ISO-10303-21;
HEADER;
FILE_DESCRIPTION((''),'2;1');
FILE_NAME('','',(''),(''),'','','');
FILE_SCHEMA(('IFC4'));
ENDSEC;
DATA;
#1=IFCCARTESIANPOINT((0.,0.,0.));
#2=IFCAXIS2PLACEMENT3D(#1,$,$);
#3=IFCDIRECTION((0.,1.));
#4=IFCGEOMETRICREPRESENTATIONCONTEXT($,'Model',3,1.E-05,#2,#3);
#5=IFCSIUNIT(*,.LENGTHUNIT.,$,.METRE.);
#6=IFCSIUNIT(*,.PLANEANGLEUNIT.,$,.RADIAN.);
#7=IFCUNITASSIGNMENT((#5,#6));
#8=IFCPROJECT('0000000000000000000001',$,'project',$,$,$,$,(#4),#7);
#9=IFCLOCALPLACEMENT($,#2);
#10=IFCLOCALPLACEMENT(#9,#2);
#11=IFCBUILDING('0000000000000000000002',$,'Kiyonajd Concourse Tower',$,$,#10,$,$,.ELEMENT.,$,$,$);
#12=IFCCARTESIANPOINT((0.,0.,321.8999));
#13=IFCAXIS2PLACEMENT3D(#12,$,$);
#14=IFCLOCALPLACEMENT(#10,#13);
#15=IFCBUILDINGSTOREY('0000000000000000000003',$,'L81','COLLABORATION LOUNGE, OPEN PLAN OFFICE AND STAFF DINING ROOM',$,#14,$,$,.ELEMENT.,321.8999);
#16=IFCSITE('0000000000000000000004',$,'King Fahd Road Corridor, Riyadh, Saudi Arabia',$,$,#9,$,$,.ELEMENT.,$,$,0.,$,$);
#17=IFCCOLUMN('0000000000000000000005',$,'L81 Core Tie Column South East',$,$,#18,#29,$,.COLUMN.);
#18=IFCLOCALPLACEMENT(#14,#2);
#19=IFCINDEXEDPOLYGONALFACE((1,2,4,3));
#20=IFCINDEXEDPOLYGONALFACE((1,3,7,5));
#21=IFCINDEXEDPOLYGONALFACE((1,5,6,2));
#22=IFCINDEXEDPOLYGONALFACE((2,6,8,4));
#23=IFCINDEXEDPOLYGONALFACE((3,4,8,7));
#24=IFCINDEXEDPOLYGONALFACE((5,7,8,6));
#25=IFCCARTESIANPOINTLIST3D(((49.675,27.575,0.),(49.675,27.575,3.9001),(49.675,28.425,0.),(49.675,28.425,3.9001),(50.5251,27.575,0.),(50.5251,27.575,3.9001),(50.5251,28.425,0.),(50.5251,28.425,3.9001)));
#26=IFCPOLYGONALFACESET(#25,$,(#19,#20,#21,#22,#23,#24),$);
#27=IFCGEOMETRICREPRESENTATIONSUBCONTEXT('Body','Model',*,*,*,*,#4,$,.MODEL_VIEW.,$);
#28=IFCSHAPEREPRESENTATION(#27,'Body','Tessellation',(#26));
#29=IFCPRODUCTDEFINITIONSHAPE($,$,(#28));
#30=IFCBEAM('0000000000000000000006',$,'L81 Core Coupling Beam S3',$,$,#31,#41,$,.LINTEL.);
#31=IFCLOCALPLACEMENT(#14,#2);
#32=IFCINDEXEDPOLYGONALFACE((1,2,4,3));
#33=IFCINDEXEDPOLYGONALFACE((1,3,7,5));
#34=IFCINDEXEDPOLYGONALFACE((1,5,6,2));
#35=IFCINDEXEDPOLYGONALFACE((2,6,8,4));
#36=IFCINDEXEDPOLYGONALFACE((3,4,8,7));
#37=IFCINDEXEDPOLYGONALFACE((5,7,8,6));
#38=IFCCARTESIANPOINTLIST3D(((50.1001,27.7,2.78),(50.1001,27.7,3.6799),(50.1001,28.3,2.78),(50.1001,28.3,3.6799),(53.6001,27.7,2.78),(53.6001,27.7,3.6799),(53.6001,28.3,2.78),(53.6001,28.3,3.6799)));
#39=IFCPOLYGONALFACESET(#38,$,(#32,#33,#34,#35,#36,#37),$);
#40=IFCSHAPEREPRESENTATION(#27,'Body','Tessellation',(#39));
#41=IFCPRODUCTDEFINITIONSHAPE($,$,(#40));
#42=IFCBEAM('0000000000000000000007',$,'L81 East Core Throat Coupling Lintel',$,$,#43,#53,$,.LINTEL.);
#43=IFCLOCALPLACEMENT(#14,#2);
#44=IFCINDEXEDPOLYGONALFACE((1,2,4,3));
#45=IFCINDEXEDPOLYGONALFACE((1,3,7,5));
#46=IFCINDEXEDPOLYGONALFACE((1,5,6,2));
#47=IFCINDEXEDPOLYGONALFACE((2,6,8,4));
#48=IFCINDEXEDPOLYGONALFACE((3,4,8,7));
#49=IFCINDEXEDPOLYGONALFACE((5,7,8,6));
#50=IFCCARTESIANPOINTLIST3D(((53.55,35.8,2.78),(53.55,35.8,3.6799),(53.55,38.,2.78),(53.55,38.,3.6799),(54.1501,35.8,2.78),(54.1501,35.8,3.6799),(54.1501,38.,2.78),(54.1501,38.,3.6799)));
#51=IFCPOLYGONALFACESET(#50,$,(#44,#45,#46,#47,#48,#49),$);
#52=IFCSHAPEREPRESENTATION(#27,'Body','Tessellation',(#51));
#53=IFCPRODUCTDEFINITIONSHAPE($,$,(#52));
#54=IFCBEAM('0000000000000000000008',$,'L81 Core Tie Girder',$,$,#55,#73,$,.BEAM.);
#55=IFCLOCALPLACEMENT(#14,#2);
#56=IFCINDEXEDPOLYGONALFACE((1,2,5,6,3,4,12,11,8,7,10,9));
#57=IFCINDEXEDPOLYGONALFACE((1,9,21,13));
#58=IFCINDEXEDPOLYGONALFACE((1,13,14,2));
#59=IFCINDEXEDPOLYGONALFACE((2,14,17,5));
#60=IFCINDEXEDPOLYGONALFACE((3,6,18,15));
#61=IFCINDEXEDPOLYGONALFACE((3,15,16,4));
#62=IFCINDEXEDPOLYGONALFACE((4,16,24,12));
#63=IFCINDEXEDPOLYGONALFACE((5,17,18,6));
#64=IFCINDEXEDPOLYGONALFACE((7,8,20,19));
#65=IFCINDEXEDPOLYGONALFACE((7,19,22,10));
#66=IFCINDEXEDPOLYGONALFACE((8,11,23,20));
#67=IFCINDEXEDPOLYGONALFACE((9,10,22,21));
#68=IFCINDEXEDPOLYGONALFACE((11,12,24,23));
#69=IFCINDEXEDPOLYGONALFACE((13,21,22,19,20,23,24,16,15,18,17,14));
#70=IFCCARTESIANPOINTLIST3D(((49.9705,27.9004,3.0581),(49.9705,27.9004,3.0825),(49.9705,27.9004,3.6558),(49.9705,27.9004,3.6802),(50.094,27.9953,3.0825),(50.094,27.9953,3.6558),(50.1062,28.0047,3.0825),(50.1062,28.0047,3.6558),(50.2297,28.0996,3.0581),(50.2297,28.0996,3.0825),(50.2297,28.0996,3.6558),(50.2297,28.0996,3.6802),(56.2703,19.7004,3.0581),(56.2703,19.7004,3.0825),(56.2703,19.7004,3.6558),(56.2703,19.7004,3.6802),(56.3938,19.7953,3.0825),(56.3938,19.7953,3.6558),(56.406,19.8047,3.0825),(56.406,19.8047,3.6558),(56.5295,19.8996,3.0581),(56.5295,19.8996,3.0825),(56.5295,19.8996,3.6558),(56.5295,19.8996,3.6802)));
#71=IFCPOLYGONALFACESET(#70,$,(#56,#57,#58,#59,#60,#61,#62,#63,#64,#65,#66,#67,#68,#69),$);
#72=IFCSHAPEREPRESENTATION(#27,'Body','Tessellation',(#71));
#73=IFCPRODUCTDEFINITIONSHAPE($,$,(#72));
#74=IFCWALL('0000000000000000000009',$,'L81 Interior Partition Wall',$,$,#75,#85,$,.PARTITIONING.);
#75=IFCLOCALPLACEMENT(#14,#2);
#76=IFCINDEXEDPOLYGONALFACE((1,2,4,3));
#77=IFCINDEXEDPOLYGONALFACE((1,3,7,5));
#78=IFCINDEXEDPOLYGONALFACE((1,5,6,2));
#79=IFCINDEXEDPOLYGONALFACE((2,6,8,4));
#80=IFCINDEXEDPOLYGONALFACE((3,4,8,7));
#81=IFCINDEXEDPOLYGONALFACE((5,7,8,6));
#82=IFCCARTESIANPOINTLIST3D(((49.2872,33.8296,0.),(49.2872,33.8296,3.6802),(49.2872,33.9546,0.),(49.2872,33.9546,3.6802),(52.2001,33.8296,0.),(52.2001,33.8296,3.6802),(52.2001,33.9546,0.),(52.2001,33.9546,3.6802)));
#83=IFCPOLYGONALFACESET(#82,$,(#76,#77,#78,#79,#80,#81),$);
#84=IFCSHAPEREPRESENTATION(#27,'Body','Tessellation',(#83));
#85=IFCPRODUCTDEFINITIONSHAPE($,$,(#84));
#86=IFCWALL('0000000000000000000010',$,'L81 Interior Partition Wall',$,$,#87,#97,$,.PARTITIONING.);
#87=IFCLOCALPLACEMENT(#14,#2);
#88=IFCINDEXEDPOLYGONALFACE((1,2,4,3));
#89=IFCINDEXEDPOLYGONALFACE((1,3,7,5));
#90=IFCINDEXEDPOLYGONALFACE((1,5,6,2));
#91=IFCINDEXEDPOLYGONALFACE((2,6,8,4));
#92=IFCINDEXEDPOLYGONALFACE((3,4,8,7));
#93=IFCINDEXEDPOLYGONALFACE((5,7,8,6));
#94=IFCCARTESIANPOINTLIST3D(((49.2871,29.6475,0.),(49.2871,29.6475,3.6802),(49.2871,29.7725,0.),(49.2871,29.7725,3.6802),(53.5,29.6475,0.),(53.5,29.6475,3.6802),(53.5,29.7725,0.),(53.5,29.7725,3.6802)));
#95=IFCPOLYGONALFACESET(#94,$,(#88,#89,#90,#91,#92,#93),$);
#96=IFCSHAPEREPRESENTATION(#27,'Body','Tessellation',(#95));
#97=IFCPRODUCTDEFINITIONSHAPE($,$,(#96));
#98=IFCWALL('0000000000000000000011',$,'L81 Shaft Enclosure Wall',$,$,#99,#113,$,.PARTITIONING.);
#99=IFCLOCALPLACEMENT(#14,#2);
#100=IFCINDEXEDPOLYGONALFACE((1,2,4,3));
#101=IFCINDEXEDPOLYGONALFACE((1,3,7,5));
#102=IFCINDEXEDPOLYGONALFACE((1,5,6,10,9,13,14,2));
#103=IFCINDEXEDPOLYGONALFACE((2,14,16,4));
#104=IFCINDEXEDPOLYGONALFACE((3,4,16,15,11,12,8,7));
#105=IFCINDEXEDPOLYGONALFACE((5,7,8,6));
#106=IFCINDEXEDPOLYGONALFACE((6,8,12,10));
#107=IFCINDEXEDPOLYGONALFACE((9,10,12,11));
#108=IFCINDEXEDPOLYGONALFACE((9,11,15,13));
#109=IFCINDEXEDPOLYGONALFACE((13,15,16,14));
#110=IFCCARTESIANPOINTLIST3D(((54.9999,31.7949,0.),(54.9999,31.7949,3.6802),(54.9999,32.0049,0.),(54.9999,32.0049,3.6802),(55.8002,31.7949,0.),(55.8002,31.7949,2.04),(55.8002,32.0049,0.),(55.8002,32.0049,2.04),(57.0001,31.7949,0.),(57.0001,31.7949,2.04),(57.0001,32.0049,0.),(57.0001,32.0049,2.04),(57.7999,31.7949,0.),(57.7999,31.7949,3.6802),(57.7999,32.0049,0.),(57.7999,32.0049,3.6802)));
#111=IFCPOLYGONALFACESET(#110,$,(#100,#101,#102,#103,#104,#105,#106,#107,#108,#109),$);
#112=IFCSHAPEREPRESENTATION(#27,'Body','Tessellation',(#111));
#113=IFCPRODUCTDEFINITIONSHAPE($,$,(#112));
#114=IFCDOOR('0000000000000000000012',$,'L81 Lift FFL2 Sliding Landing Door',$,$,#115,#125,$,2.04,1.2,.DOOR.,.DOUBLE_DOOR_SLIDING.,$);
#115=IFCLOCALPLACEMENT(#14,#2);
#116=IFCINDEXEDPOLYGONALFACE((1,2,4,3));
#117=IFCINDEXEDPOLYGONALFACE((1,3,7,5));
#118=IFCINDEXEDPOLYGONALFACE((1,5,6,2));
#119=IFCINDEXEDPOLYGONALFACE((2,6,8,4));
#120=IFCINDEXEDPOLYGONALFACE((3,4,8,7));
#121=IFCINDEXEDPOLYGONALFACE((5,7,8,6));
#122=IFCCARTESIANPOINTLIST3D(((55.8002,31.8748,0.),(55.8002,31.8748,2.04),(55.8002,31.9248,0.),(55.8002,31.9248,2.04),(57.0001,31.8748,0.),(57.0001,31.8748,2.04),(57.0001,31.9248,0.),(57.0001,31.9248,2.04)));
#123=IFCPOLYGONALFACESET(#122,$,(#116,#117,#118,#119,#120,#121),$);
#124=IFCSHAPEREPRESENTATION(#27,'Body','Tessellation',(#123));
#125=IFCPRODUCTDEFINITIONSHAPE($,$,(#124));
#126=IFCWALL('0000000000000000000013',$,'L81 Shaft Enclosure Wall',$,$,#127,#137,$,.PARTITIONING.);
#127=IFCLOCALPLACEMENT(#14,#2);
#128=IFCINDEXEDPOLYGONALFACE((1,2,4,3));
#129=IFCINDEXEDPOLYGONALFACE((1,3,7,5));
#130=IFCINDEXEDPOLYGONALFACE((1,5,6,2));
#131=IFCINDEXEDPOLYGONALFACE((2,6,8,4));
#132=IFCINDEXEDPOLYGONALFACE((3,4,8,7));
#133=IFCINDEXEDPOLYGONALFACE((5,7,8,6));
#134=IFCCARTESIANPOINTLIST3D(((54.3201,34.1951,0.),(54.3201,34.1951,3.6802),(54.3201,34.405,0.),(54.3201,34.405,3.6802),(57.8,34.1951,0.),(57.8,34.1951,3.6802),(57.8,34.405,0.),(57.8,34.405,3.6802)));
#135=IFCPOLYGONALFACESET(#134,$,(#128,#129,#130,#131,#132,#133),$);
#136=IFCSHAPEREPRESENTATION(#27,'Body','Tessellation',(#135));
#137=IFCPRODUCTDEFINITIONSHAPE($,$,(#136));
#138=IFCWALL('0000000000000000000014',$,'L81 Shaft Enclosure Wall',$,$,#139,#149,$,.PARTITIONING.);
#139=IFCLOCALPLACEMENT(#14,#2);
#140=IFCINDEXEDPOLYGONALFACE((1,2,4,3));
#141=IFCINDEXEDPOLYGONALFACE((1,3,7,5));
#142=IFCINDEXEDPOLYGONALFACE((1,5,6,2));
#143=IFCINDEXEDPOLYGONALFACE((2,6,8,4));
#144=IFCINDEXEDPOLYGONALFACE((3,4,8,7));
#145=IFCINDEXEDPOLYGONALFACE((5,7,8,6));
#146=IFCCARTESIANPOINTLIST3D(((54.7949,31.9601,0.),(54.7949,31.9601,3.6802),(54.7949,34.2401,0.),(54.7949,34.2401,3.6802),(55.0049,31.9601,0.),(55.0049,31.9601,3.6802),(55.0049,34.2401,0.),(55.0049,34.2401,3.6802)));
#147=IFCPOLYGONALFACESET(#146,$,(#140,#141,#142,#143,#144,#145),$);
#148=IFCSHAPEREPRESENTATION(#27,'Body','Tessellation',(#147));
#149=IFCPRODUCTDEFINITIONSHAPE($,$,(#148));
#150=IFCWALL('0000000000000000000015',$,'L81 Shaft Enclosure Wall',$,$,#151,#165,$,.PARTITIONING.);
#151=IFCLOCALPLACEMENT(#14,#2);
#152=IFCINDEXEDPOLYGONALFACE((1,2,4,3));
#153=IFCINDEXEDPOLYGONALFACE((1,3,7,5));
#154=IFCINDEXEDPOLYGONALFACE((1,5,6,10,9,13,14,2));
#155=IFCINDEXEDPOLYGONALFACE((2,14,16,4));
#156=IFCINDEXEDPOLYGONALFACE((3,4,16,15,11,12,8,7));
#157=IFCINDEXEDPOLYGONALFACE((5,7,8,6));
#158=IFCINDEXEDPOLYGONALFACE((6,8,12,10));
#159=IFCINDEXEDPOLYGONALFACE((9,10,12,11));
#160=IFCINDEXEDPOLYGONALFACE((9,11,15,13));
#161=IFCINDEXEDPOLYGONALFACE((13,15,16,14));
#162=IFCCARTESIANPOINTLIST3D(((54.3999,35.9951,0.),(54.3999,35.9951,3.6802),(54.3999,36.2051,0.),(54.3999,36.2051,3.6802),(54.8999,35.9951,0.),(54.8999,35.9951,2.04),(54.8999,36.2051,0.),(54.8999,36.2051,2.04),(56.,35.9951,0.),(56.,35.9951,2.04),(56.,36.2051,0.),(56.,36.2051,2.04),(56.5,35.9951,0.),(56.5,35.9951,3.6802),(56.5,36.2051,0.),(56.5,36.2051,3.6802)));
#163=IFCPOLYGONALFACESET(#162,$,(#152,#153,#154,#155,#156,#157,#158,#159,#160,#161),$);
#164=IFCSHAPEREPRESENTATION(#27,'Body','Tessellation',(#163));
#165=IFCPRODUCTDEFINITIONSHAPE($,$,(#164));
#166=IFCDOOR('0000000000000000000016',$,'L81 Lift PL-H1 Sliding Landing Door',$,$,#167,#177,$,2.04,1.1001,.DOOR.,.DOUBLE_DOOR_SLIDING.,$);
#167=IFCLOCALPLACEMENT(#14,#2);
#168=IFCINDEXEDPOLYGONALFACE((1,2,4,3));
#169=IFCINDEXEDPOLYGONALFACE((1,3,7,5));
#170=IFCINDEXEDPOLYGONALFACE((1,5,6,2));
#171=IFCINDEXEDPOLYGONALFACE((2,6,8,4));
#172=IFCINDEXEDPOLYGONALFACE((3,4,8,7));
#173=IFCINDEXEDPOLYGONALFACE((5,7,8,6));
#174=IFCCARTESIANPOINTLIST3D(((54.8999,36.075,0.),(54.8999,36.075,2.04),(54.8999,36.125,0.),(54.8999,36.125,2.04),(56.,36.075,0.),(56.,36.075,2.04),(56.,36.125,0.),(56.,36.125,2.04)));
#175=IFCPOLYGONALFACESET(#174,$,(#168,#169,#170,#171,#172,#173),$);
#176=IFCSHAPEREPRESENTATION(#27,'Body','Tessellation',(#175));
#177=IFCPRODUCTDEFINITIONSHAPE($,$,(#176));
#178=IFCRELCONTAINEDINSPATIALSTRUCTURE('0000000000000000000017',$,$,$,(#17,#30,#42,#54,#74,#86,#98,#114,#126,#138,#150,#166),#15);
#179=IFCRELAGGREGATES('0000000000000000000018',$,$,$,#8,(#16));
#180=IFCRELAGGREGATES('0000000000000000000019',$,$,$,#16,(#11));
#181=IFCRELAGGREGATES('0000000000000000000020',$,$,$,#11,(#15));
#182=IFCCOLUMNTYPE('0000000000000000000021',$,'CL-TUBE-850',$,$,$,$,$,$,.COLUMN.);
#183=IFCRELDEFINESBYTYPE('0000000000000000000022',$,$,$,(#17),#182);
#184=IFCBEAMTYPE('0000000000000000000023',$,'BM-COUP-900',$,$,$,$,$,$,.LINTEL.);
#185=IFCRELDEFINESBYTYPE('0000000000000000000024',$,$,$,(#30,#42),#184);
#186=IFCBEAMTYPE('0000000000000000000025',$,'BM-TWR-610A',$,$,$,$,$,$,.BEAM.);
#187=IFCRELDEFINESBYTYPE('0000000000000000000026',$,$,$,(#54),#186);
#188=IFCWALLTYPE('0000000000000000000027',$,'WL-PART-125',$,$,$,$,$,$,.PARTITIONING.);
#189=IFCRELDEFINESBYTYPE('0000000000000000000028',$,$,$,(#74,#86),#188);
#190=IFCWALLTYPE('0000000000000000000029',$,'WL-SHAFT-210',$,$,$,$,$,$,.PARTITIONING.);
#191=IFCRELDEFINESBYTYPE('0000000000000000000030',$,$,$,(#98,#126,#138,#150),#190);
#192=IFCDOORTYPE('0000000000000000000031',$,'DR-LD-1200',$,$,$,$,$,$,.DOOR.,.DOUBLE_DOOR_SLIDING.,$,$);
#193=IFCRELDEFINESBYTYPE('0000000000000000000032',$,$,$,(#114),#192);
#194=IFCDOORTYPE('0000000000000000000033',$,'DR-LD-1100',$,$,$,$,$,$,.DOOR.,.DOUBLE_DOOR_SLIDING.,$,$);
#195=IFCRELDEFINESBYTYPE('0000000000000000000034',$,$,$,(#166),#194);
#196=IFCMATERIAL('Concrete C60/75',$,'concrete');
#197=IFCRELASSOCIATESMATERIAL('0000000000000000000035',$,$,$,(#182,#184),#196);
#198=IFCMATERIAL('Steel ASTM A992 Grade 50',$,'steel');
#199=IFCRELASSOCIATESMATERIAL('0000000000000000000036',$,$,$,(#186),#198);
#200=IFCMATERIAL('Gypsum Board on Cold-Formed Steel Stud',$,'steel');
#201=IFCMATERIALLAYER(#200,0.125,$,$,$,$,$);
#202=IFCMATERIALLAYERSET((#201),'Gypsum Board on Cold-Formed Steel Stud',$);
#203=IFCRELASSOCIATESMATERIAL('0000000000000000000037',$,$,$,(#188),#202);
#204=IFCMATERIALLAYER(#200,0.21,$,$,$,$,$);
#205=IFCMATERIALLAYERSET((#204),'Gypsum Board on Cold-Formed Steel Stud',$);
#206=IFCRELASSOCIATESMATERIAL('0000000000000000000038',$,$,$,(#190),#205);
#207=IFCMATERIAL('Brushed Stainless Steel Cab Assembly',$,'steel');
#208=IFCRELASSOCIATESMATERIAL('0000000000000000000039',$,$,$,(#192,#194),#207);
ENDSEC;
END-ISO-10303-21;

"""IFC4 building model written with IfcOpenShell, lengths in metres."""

from ifc_helpers import new_model, si_unit, direction, frame, frame_2d, origin, origin_2d, place, context, subcontext, project, spatial, rectangle, i_section, extrude, material, layer, layer_set, material_profile, profile_set, type_object, element, fill, save


model = new_model("IFC4")

# Units and contexts
model_context = context("Model", 3, precision=1e-05, world=origin(), true_north=direction((0.0, 1.0)))
body_context = subcontext(model_context, "Body", "Model", "MODEL_VIEW")
ifc_project = project(units=[si_unit("LENGTHUNIT", "METRE"), si_unit("PLANEANGLEUNIT", "RADIAN")], contexts=[model_context])

# Site, building, storey
site_placement = place(None, origin())
site = spatial("IfcSite", under=ifc_project, at=site_placement, Name="King Fahd Road Corridor, Riyadh, Saudi Arabia", CompositionType="ELEMENT", RefElevation=0.0)
building_placement = place(site_placement, origin())
building = spatial("IfcBuilding", under=site, at=building_placement, Name="Kiyonajd Concourse Tower", CompositionType="ELEMENT")
storey_placement = place(building_placement, frame((0.0, 0.0, 321.8999)))
storey = spatial("IfcBuildingStorey", under=building, at=storey_placement, Name="L81", Description="COLLABORATION LOUNGE, OPEN PLAN OFFICE AND STAFF DINING ROOM", CompositionType="ELEMENT", Elevation=321.8999)

# Column
ifc_material_1 = material(Name="Concrete C60/75", Category="concrete")
ifc_material_profile_1 = material_profile(ifc_material_1, rectangle(XDim=0.8501, YDim=0.8501, at=origin_2d()), Name="RC-850x850")
ifc_profile_set_1 = profile_set([ifc_material_profile_1], Name="Concrete C60/75")
column_type = type_object("IfcColumnType", Name="CL-TUBE-850", PredefinedType="COLUMN", material=ifc_profile_set_1)
column_placement = place(storey_placement, frame((50.1001, 28.0, 0.0), z_axis=(0.0, 0.0, 1.0), x_axis=(1.0, 0.0, 0.0)))
element("IfcColumn", 1, at=column_placement, inside=storey, type_object=column_type, Name="L81 Core Tie Column South East", PredefinedType="COLUMN", context=body_context, shape_type="SweptSolid", body=[
    extrude(rectangle(XDim=0.8501, YDim=0.8501, at=origin_2d()), origin(), (0.0, 0.0, 1.0), 3.9001),
])

# Beams
ifc_material_profile_2 = material_profile(ifc_material_1, rectangle(XDim=0.6001, YDim=0.8999, at=origin_2d()), Name="RCBM-600x900")
ifc_profile_set_2 = profile_set([ifc_material_profile_2], Name="Concrete C60/75")
beam_type_1 = type_object("IfcBeamType", Name="BM-COUP-900", PredefinedType="LINTEL", material=ifc_profile_set_2)
beam_1_placement = place(storey_placement, frame((50.1001, 28.0, 3.23), z_axis=(1.0, 0.0, 0.0), x_axis=(0.0, 1.0, 0.0)))
element("IfcBeam", 2, at=beam_1_placement, inside=storey, type_object=beam_type_1, Name="L81 Core Coupling Beam S3", PredefinedType="LINTEL", context=body_context, shape_type="SweptSolid", body=[
    extrude(rectangle(XDim=0.6001, YDim=0.8999, at=origin_2d()), origin(), (0.0, 0.0, 1.0), 3.5),
])
beam_2_placement = place(storey_placement, frame((53.8501, 35.8, 3.23), z_axis=(0.0, 1.0, 0.0), x_axis=(-1.0, 0.0, 0.0)))
element("IfcBeam", 3, at=beam_2_placement, inside=storey, type_object=beam_type_1, Name="L81 East Core Throat Coupling Lintel", PredefinedType="LINTEL", context=body_context, shape_type="SweptSolid", body=[
    extrude(rectangle(XDim=0.6001, YDim=0.8999, at=origin_2d()), origin(), (0.0, 0.0, 1.0), 2.2),
])
ifc_material_2 = material(Name="Steel ASTM A992 Grade 50", Category="steel")
ifc_material_profile_3 = material_profile(ifc_material_2, i_section(OverallWidth=0.3269, OverallDepth=0.6221, WebThickness=0.0154, FlangeThickness=0.0244, at=origin_2d()), Name="W610X195")
ifc_profile_set_3 = profile_set([ifc_material_profile_3], Name="Steel ASTM A992 Grade 50")
beam_type_2 = type_object("IfcBeamType", Name="BM-TWR-610A", PredefinedType="BEAM", material=ifc_profile_set_3)
beam_3_placement = place(storey_placement, frame((50.1001, 28.0, 3.3691), z_axis=(0.609234, -0.792991, 0.0), x_axis=(0.792991, 0.609234, 0.0)))
element("IfcBeam", 4, at=beam_3_placement, inside=storey, type_object=beam_type_2, Name="L81 Core Tie Girder", PredefinedType="BEAM", context=body_context, shape_type="SweptSolid", body=[
    extrude(i_section(OverallWidth=0.3269, OverallDepth=0.6221, WebThickness=0.0154, FlangeThickness=0.0244, at=origin_2d()), origin(), (0.0, 0.0, 1.0), 10.3406),
])

# Walls
ifc_material_3 = material(Name="Gypsum Board on Cold-Formed Steel Stud", Category="steel")
ifc_layer_1 = layer(ifc_material_3, 0.125)
ifc_layer_set_1 = layer_set([ifc_layer_1], Name="Gypsum Board on Cold-Formed Steel Stud")
wall_type_1 = type_object("IfcWallType", Name="WL-PART-125", PredefinedType="PARTITIONING", material=ifc_layer_set_1)
wall_1_placement = place(storey_placement, frame((49.2871, 33.8921, 0.0), z_axis=(0.0, 0.0, 1.0), x_axis=(1.0, 0.0, 0.0)))
element("IfcWall", 5, at=wall_1_placement, inside=storey, type_object=wall_type_1, Name="L81 Interior Partition Wall", PredefinedType="PARTITIONING", context=body_context, shape_type="SweptSolid", body=[
    extrude(rectangle(XDim=2.9128, YDim=0.125, at=frame_2d((1.4565, 0.0))), origin(), (0.0, 0.0, 1.0), 3.6802),
])
wall_2_placement = place(storey_placement, frame((49.2871, 29.71, 0.0), z_axis=(0.0, 0.0, 1.0), x_axis=(1.0, 0.0, 0.0)))
element("IfcWall", 6, at=wall_2_placement, inside=storey, type_object=wall_type_1, Name="L81 Interior Partition Wall", PredefinedType="PARTITIONING", context=body_context, shape_type="SweptSolid", body=[
    extrude(rectangle(XDim=4.2129, YDim=0.125, at=frame_2d((2.1064, 0.0))), origin(), (0.0, 0.0, 1.0), 3.6802),
])

# Wall, opening, door
ifc_layer_2 = layer(ifc_material_3, 0.21)
ifc_layer_set_2 = layer_set([ifc_layer_2], Name="Gypsum Board on Cold-Formed Steel Stud")
wall_type_2 = type_object("IfcWallType", Name="WL-SHAFT-210", PredefinedType="PARTITIONING", material=ifc_layer_set_2)
wall_3_placement = place(storey_placement, frame((55.0, 31.8999, 0.0), z_axis=(0.0, 0.0, 1.0), x_axis=(1.0, 0.0, 0.0)))
wall_3 = element("IfcWall", 7, at=wall_3_placement, inside=storey, type_object=wall_type_2, Name="L81 Shaft Enclosure Wall", PredefinedType="PARTITIONING", context=body_context, shape_type="SweptSolid", body=[
    extrude(rectangle(XDim=2.8, YDim=0.21, at=frame_2d((1.3999, 0.0))), origin(), (0.0, 0.0, 1.0), 3.6802),
])
opening_1_placement = place(wall_3_placement, frame((0.8, 0.0, 0.0)))
opening_1 = element("IfcOpeningElement", 8, at=opening_1_placement, cuts=wall_3, PredefinedType="OPENING", context=body_context, shape_type="SweptSolid", body=[
    extrude(rectangle(XDim=1.2, YDim=2.04, at=frame_2d((0.6001, 1.02))), frame((0.0, 0.115, 0.0), z_axis=(0.0, -1.0, 0.0), x_axis=(1.0, 0.0, 0.0)), (0.0, 0.0, 1.0), 0.23),
])
ifc_material_4 = material(Name="Brushed Stainless Steel Cab Assembly", Category="steel")
door_type_1 = type_object("IfcDoorType", Name="DR-LD-1200", OperationType="DOUBLE_DOOR_SLIDING", PredefinedType="DOOR", material=ifc_material_4)
door_1_placement = place(opening_1_placement, origin())
door_1 = element("IfcDoor", 9, at=door_1_placement, inside=storey, type_object=door_type_1, Name="L81 Lift FFL2 Sliding Landing Door", OperationType="DOUBLE_DOOR_SLIDING", OverallHeight=2.04, OverallWidth=1.2, PredefinedType="DOOR", context=body_context, shape_type="SweptSolid", body=[
    extrude(rectangle(XDim=1.2, YDim=2.04, at=frame_2d((0.6001, 1.02))), frame((0.0, 0.0249, 0.0), z_axis=(0.0, -1.0, 0.0), x_axis=(1.0, 0.0, 0.0)), (0.0, 0.0, 1.0), 0.05),
])
fill(opening_1, door_1)

# Walls
wall_4_placement = place(storey_placement, frame((54.3201, 34.3, 0.0), z_axis=(0.0, 0.0, 1.0), x_axis=(1.0, 0.0, 0.0)))
element("IfcWall", 10, at=wall_4_placement, inside=storey, type_object=wall_type_2, Name="L81 Shaft Enclosure Wall", PredefinedType="PARTITIONING", context=body_context, shape_type="SweptSolid", body=[
    extrude(rectangle(XDim=3.48, YDim=0.21, at=frame_2d((1.74, 0.0))), origin(), (0.0, 0.0, 1.0), 3.6802),
])
wall_5_placement = place(storey_placement, frame((54.8999, 31.96, 0.0), z_axis=(0.0, 0.0, 1.0), x_axis=(0.0, 1.0, 0.0)))
element("IfcWall", 11, at=wall_5_placement, inside=storey, type_object=wall_type_2, Name="L81 Shaft Enclosure Wall", PredefinedType="PARTITIONING", context=body_context, shape_type="SweptSolid", body=[
    extrude(rectangle(XDim=2.28, YDim=0.21, at=frame_2d((1.1401, 0.0))), origin(), (0.0, 0.0, 1.0), 3.6802),
])

# Wall, opening, door
wall_6_placement = place(storey_placement, frame((54.3999, 36.1001, 0.0), z_axis=(0.0, 0.0, 1.0), x_axis=(1.0, 0.0, 0.0)))
wall_6 = element("IfcWall", 12, at=wall_6_placement, inside=storey, type_object=wall_type_2, Name="L81 Shaft Enclosure Wall", PredefinedType="PARTITIONING", context=body_context, shape_type="SweptSolid", body=[
    extrude(rectangle(XDim=2.1001, YDim=0.21, at=frame_2d((1.05, 0.0))), origin(), (0.0, 0.0, 1.0), 3.6802),
])
opening_2_placement = place(wall_6_placement, frame((0.5, 0.0, 0.0)))
opening_2 = element("IfcOpeningElement", 13, at=opening_2_placement, cuts=wall_6, PredefinedType="OPENING", context=body_context, shape_type="SweptSolid", body=[
    extrude(rectangle(XDim=1.1001, YDim=2.04, at=frame_2d((0.55, 1.02))), frame((0.0, 0.115, 0.0), z_axis=(0.0, -1.0, 0.0), x_axis=(1.0, 0.0, 0.0)), (0.0, 0.0, 1.0), 0.23),
])
door_type_2 = type_object("IfcDoorType", Name="DR-LD-1100", OperationType="DOUBLE_DOOR_SLIDING", PredefinedType="DOOR", material=ifc_material_4)
door_2_placement = place(opening_2_placement, origin())
door_2 = element("IfcDoor", 14, at=door_2_placement, inside=storey, type_object=door_type_2, Name="L81 Lift PL-H1 Sliding Landing Door", OperationType="DOUBLE_DOOR_SLIDING", OverallHeight=2.04, OverallWidth=1.1001, PredefinedType="DOOR", context=body_context, shape_type="SweptSolid", body=[
    extrude(rectangle(XDim=1.1001, YDim=2.04, at=frame_2d((0.55, 1.02))), frame((0.0, 0.0249, 0.0), z_axis=(0.0, -1.0, 0.0), x_axis=(1.0, 0.0, 0.0)), (0.0, 0.0, 1.0), 0.05),
])
fill(opening_2, door_2)

save(model, "model.ifc")
